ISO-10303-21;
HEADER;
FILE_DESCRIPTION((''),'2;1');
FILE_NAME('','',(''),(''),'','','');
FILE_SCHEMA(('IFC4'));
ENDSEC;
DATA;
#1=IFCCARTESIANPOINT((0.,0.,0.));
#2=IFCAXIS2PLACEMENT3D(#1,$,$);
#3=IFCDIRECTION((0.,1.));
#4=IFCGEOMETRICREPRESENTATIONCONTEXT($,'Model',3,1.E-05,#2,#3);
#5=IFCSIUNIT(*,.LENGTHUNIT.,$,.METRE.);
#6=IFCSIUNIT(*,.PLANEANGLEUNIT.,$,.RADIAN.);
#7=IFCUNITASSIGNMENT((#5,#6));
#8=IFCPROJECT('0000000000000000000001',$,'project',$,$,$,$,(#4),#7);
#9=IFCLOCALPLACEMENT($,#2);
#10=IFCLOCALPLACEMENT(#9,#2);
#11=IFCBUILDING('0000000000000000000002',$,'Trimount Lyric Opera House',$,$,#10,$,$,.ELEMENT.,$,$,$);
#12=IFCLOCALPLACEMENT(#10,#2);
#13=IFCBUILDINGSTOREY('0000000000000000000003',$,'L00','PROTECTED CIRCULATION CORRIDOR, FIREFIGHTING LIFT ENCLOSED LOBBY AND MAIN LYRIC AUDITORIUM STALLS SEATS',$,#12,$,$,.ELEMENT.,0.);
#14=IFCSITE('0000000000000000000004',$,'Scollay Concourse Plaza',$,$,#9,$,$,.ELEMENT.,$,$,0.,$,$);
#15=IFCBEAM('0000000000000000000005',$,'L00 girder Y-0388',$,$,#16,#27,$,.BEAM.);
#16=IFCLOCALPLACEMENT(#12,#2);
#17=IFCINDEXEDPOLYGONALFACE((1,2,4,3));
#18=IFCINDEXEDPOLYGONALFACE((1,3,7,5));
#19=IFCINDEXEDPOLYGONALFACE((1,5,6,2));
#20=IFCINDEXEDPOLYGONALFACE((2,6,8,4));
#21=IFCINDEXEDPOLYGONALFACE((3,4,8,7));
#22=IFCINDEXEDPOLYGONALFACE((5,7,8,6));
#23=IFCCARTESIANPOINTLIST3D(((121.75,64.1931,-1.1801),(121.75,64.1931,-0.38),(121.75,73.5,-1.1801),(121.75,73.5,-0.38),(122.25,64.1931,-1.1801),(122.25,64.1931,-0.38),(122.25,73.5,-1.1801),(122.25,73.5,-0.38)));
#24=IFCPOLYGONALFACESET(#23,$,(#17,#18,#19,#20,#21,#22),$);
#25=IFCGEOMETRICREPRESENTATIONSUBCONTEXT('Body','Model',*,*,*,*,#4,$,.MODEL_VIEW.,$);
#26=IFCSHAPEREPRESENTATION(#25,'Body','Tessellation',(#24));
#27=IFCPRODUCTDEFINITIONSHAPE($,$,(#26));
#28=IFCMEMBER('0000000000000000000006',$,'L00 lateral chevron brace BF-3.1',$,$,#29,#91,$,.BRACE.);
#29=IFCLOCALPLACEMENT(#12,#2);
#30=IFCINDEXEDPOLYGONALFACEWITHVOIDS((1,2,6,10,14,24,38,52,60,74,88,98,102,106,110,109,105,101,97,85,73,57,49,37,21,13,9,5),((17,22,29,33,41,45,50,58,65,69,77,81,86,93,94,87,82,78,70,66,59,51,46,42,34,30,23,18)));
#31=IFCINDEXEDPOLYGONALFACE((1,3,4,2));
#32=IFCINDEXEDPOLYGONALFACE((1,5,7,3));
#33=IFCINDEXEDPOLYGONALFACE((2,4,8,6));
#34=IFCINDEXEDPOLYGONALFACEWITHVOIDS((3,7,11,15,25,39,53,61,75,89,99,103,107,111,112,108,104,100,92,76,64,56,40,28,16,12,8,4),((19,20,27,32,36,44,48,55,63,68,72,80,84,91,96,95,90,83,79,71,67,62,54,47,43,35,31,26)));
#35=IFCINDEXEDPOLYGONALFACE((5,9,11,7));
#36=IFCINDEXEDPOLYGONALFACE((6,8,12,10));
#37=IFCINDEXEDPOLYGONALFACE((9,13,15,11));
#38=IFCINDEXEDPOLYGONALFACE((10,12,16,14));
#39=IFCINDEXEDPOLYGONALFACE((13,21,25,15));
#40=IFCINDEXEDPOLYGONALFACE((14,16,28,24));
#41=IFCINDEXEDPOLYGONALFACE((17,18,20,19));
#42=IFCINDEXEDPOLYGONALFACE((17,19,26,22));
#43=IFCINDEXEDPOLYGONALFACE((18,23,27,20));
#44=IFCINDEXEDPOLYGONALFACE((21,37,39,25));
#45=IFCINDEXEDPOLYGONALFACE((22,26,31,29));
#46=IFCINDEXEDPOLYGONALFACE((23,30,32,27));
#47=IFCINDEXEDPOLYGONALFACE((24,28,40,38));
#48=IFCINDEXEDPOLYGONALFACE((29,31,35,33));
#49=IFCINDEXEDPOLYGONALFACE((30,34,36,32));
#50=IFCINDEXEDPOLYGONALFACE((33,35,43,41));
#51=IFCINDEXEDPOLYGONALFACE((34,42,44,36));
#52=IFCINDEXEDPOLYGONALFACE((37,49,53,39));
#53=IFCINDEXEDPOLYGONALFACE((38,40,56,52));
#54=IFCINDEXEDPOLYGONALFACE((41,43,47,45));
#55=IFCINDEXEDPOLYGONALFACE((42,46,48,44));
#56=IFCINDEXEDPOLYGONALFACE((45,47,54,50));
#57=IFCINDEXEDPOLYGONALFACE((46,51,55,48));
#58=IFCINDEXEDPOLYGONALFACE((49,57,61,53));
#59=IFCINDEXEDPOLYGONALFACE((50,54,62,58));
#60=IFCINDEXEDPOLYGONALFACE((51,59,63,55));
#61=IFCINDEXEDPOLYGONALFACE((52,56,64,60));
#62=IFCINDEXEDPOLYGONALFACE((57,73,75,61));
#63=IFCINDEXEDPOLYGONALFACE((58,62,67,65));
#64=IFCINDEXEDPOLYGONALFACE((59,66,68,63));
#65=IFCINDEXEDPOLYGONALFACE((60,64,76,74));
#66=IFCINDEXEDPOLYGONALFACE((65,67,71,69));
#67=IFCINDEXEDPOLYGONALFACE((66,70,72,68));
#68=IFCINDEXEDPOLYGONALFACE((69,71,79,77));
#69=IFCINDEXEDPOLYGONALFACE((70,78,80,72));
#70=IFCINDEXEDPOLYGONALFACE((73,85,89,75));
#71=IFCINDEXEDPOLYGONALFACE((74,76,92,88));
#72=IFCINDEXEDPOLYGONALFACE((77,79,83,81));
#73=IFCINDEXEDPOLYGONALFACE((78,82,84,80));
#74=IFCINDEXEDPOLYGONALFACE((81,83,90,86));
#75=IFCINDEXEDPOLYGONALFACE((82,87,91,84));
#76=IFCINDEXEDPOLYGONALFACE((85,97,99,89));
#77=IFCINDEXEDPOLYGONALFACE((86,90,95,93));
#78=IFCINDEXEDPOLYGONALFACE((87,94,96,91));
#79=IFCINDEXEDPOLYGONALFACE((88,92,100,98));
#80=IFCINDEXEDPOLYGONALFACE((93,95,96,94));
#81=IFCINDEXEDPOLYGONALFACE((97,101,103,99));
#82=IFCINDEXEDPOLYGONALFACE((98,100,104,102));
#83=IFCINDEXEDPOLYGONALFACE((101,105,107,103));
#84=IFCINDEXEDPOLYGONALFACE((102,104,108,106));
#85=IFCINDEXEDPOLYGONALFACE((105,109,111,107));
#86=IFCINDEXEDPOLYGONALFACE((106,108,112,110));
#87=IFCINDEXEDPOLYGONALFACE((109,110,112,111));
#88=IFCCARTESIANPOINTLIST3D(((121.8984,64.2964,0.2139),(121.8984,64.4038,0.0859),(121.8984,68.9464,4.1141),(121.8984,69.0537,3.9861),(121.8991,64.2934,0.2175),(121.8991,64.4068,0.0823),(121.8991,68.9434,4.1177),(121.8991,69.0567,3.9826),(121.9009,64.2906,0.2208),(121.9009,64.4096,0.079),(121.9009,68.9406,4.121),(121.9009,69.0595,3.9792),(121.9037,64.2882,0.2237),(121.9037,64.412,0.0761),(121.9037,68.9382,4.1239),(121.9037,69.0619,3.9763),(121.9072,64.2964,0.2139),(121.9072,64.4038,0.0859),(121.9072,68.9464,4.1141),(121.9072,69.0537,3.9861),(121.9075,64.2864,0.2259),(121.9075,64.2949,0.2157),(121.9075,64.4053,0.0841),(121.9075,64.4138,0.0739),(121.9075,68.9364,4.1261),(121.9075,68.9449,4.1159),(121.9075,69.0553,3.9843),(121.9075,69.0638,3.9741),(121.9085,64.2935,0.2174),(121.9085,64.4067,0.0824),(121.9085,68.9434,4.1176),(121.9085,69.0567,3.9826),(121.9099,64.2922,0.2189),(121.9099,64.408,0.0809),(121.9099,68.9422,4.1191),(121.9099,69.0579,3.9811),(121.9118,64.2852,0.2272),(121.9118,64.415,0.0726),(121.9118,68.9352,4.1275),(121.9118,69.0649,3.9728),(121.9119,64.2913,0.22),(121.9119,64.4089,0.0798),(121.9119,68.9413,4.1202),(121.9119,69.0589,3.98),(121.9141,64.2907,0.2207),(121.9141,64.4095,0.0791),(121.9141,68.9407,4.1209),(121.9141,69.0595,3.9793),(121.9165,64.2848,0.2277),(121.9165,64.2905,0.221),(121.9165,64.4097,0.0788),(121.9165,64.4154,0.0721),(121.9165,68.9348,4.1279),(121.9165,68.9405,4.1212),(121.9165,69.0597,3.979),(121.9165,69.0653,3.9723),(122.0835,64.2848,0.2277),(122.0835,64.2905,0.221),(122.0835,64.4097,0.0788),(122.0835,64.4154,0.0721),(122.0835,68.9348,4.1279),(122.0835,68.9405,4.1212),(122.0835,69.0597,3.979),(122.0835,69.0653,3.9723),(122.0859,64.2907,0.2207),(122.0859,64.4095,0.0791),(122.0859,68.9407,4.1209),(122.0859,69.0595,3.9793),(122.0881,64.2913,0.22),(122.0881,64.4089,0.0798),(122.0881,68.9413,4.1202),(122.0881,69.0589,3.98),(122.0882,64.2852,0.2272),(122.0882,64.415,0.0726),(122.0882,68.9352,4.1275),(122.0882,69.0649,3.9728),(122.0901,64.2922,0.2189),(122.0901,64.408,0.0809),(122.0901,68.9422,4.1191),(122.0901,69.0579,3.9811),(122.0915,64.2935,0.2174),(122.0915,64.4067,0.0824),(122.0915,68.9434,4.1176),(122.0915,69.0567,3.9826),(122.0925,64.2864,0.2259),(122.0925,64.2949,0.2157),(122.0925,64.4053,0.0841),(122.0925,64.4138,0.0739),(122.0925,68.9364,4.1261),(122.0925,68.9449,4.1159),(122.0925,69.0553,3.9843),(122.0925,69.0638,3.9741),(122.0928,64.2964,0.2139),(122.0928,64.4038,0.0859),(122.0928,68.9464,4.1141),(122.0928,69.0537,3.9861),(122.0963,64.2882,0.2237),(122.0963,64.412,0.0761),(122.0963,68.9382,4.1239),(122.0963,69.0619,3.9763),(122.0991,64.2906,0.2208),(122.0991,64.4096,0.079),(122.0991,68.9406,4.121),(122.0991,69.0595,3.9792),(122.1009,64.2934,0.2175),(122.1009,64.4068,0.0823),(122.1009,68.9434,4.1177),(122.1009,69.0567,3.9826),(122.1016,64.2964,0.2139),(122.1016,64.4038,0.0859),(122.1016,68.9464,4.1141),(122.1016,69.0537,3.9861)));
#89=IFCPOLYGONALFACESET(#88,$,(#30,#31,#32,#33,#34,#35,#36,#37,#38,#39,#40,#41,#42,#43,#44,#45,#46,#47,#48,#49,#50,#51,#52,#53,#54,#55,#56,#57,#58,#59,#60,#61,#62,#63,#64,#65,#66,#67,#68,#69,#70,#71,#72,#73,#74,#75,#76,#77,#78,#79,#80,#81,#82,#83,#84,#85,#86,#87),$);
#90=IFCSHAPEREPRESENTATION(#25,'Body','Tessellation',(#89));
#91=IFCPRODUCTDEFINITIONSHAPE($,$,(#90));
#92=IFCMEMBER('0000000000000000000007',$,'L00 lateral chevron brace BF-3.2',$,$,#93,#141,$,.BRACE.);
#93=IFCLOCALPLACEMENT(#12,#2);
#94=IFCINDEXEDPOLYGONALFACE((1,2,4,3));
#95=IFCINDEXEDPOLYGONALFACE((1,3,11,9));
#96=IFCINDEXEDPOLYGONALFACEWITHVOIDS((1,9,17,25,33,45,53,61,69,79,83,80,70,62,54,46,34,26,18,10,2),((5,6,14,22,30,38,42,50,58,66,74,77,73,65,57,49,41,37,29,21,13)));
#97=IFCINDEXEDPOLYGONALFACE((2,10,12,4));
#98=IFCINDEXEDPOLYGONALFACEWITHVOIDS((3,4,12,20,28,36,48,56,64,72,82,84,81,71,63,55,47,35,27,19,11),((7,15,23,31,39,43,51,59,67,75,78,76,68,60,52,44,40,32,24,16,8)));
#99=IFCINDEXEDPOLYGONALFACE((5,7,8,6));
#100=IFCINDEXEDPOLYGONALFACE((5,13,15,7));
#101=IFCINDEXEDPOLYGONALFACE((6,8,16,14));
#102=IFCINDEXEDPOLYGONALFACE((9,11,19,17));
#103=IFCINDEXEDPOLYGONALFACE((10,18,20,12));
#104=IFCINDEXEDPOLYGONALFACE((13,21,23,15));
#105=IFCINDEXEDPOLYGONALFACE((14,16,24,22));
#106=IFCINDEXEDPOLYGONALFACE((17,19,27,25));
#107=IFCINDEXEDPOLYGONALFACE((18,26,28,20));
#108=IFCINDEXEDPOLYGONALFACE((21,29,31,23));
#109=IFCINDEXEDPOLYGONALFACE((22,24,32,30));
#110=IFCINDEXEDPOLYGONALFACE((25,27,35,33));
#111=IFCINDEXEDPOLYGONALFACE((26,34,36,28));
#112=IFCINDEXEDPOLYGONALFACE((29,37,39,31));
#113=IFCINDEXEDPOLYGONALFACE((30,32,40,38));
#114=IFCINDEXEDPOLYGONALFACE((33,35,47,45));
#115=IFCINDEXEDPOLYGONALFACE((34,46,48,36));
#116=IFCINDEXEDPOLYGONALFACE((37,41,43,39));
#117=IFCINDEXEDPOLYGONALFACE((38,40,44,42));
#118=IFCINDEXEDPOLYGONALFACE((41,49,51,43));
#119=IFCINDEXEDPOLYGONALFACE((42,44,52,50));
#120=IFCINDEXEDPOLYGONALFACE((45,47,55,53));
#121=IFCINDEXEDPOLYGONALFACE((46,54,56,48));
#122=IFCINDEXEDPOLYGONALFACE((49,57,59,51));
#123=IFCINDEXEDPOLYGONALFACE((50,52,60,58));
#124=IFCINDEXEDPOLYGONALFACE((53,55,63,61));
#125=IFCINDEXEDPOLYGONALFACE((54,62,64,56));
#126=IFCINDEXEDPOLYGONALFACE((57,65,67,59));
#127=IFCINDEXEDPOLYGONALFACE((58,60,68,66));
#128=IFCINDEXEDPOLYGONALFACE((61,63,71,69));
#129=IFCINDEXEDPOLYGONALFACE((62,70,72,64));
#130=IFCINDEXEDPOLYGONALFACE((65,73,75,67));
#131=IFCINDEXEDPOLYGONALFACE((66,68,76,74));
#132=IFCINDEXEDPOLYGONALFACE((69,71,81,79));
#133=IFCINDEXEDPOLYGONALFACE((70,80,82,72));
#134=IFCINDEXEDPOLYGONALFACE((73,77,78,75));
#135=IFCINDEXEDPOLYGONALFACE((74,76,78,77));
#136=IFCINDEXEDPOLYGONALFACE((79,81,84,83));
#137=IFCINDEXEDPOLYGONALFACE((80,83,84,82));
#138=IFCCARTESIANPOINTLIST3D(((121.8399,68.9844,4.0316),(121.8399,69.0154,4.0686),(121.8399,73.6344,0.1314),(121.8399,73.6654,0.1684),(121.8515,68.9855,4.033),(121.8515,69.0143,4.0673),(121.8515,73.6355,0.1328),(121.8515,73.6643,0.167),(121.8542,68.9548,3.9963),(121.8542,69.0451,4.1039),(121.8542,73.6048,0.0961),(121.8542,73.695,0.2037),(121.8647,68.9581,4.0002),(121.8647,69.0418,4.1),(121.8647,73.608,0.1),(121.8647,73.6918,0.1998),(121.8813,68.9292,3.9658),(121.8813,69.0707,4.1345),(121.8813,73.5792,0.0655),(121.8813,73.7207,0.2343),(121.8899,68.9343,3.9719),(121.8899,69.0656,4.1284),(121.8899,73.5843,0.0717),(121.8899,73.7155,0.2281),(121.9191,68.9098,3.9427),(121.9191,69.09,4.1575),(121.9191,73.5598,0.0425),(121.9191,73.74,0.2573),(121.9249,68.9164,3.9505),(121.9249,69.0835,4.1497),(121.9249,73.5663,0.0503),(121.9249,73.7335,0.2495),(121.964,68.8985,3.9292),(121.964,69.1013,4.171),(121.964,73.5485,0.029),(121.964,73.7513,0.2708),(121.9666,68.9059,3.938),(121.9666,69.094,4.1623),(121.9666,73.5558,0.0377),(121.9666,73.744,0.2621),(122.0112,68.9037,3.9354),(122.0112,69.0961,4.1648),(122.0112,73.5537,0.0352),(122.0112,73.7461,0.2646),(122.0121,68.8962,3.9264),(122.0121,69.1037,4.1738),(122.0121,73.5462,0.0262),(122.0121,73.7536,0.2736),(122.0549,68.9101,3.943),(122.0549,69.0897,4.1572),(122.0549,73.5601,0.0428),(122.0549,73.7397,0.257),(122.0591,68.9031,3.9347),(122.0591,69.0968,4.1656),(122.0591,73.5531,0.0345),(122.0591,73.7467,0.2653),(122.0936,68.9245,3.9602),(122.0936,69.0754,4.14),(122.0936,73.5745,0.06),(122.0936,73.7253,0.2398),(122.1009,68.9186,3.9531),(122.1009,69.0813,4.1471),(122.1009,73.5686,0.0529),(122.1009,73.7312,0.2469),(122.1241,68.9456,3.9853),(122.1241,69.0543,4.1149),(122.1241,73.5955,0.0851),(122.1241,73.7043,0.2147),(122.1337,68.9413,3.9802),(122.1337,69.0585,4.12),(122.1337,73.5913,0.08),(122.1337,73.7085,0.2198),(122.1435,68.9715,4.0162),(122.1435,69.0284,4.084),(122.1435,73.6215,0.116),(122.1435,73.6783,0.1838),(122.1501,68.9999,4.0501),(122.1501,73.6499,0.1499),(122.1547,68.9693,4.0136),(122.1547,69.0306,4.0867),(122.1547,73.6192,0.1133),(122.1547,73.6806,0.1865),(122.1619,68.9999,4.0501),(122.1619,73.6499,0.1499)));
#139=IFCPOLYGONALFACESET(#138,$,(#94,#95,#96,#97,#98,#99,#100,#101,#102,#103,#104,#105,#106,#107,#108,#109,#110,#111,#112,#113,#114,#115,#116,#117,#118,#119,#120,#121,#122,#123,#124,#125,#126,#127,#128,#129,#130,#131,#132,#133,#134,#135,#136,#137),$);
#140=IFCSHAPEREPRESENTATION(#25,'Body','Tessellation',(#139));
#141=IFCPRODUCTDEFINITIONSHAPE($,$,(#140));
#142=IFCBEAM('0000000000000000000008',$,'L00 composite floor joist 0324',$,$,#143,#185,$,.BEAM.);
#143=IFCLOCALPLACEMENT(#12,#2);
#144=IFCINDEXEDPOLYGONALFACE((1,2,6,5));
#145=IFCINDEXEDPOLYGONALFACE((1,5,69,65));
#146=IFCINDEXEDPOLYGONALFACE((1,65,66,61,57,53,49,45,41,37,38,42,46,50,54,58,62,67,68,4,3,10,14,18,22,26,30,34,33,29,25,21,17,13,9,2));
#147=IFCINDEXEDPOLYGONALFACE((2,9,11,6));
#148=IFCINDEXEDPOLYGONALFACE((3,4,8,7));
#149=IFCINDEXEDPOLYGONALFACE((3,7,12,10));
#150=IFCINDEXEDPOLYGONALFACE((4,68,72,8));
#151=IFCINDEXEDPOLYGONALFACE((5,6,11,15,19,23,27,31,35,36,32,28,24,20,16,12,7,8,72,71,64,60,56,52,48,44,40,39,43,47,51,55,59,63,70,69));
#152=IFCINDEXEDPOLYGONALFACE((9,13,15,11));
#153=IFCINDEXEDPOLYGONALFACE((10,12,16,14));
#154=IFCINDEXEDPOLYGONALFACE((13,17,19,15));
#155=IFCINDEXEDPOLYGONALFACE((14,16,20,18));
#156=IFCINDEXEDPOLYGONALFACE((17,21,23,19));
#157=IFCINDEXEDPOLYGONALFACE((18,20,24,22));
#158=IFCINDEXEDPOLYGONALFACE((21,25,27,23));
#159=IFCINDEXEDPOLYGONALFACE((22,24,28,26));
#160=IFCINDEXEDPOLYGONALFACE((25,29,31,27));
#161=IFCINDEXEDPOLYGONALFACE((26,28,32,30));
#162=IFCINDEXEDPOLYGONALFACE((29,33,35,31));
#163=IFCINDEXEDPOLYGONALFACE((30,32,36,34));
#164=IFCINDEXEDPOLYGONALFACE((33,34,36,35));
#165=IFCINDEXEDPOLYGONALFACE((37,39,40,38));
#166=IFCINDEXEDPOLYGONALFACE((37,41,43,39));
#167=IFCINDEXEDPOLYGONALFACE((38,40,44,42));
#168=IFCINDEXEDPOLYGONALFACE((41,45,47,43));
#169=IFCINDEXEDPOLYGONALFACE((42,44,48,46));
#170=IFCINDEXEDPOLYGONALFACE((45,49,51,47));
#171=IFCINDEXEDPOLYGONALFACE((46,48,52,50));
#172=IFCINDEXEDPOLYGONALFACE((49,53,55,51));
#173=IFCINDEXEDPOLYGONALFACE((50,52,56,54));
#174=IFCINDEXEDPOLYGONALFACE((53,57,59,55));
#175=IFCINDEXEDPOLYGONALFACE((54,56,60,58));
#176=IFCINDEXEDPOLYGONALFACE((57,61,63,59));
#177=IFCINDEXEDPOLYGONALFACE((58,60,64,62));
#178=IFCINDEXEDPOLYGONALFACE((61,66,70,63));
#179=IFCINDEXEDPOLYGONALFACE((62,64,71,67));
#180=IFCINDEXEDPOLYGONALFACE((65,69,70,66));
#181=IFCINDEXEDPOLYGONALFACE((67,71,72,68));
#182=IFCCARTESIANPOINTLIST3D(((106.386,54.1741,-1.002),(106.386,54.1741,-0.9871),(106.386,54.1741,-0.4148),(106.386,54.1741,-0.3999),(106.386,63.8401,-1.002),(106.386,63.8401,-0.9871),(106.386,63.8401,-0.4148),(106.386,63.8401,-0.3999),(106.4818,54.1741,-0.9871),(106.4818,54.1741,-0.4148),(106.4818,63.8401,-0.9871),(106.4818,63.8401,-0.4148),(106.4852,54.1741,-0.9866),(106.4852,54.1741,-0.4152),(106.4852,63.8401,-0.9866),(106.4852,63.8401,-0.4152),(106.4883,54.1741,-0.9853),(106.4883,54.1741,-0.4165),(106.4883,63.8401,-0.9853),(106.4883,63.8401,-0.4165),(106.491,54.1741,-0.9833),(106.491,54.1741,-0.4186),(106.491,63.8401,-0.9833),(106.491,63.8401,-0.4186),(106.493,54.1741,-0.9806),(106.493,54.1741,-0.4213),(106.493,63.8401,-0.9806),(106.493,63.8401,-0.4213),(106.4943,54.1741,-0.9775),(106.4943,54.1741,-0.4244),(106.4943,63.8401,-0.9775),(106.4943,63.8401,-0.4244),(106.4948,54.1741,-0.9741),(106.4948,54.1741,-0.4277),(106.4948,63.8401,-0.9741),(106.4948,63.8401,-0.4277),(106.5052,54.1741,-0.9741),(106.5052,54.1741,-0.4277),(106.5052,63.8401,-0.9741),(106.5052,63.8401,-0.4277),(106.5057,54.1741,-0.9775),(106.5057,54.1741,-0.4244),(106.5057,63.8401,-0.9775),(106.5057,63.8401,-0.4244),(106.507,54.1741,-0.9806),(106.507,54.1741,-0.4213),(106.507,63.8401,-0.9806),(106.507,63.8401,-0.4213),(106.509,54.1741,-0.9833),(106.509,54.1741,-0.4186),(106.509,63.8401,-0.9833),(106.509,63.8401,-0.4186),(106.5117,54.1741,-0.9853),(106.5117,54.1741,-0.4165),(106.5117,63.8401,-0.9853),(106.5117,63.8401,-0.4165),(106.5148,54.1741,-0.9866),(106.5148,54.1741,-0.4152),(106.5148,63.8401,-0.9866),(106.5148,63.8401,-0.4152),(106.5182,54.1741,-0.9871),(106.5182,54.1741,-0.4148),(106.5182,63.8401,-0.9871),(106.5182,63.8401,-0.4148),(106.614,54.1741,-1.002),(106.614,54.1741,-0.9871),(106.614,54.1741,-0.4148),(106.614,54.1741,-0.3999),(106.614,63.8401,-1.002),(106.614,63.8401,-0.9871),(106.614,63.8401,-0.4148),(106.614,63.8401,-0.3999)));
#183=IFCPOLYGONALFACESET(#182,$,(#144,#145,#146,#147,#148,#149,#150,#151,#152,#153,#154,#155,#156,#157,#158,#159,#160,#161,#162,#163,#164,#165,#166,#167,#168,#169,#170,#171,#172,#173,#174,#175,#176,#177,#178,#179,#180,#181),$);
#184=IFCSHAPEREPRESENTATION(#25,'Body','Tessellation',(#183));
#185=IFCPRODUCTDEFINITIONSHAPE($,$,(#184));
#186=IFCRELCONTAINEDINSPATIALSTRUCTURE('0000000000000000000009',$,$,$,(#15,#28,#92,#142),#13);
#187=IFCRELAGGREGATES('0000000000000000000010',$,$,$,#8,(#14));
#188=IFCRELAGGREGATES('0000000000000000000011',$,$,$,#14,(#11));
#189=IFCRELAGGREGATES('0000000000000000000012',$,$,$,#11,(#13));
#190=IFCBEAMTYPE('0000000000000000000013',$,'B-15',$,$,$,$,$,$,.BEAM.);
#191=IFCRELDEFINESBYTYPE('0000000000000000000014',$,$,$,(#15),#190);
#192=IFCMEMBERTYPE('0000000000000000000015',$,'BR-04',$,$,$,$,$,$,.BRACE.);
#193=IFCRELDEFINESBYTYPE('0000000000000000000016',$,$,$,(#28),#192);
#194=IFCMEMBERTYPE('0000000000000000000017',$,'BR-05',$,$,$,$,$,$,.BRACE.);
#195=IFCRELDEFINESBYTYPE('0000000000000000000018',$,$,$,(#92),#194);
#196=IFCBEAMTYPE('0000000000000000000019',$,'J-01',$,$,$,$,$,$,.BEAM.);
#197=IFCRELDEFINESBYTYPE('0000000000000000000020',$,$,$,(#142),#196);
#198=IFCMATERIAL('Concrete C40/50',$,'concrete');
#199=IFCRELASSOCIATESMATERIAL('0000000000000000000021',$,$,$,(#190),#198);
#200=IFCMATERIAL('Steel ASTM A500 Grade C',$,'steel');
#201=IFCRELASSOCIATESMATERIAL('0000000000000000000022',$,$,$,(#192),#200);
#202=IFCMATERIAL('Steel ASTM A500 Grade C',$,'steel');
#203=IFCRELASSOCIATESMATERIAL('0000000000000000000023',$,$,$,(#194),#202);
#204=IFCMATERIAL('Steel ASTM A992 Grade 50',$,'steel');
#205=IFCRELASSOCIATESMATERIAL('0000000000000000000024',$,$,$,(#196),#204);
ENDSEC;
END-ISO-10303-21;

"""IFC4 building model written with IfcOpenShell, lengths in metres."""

from ifc_helpers import new_model, si_unit, direction, frame, origin, origin_2d, place, context, subcontext, project, spatial, rectangle, hollow_rectangle, hollow_circle, i_section, extrude, material, material_profile, profile_set, type_object, element, save


model = new_model("IFC4")

# Units and contexts
model_context = context("Model", 3, precision=1e-05, world=origin(), true_north=direction((0.0, 1.0)))
body_context = subcontext(model_context, "Body", "Model", "MODEL_VIEW")
ifc_project = project(units=[si_unit("LENGTHUNIT", "METRE"), si_unit("PLANEANGLEUNIT", "RADIAN")], contexts=[model_context])

# Site, building, storey
site_placement = place(None, origin())
site = spatial("IfcSite", under=ifc_project, at=site_placement, Name="Scollay Concourse Plaza", CompositionType="ELEMENT", RefElevation=0.0)
building_placement = place(site_placement, origin())
building = spatial("IfcBuilding", under=site, at=building_placement, Name="Trimount Lyric Opera House", CompositionType="ELEMENT")
storey_placement = place(building_placement, origin())
storey = spatial("IfcBuildingStorey", under=building, at=storey_placement, Name="L00", Description="PROTECTED CIRCULATION CORRIDOR, FIREFIGHTING LIFT ENCLOSED LOBBY AND MAIN LYRIC AUDITORIUM STALLS SEATS", CompositionType="ELEMENT", Elevation=0.0)

# Beam
ifc_material_1 = material(Name="Concrete C40/50", Category="concrete")
ifc_material_profile_1 = material_profile(ifc_material_1, rectangle(XDim=0.5, YDim=0.8, at=origin_2d()), Name="RC500X800")
ifc_profile_set_1 = profile_set([ifc_material_profile_1], Name="Concrete C40/50")
beam_type_1 = type_object("IfcBeamType", Name="B-15", PredefinedType="BEAM", material=ifc_profile_set_1)
beam_1_placement = place(storey_placement, frame((122.0, 64.1931, -0.78), z_axis=(0.0, 1.0, 0.0), x_axis=(-1.0, 0.0, 0.0)))
element("IfcBeam", 1, at=beam_1_placement, inside=storey, type_object=beam_type_1, Name="L00 girder Y-0388", PredefinedType="BEAM", context=body_context, shape_type="SweptSolid", body=[
    extrude(rectangle(XDim=0.5, YDim=0.8, at=origin_2d()), origin(), (0.0, 0.0, 1.0), 9.3069),
])

# Members
ifc_material_2 = material(Name="Steel ASTM A500 Grade C", Category="steel")
ifc_material_profile_2 = material_profile(ifc_material_2, hollow_rectangle(XDim=0.2031, YDim=0.2031, WallThickness=0.0088, InnerFilletRadius=0.0093, OuterFilletRadius=0.0181, at=origin_2d()), Name="HSS203.2X203.2X9.5")
ifc_profile_set_2 = profile_set([ifc_material_profile_2], Name="Steel ASTM A500 Grade C")
member_type_1 = type_object("IfcMemberType", Name="BR-04", PredefinedType="BRACE", material=ifc_profile_set_2)
member_1_placement = place(storey_placement, frame((122.0, 64.3501, 0.1499), z_axis=(0.0, 0.766173, 0.642634), x_axis=(-1.0, 0.0, 0.0)))
element("IfcMember", 2, at=member_1_placement, inside=storey, type_object=member_type_1, Name="L00 lateral chevron brace BF-3.1", PredefinedType="BRACE", context=body_context, shape_type="SweptSolid", body=[
    extrude(hollow_rectangle(XDim=0.2031, YDim=0.2031, WallThickness=0.0088, InnerFilletRadius=0.0093, OuterFilletRadius=0.0181, at=origin_2d()), origin(), (0.0, 0.0, 1.0), 6.0691),
])
ifc_material_3 = material(Name="Steel ASTM A500 Grade C", Category="steel")
ifc_material_profile_3 = material_profile(ifc_material_3, hollow_circle(Radius=0.1619, WallThickness=0.0117, at=origin_2d()), Name="HSS323.9X12.7")
ifc_profile_set_3 = profile_set([ifc_material_profile_3], Name="Steel ASTM A500 Grade C")
member_type_2 = type_object("IfcMemberType", Name="BR-05", PredefinedType="BRACE", material=ifc_profile_set_3)
member_2_placement = place(storey_placement, frame((122.0, 73.6499, 0.1499), z_axis=(0.0, -0.766173, 0.642634), x_axis=(1.0, 0.0, 0.0)))
element("IfcMember", 3, at=member_2_placement, inside=storey, type_object=member_type_2, Name="L00 lateral chevron brace BF-3.2", PredefinedType="BRACE", context=body_context, shape_type="SweptSolid", body=[
    extrude(hollow_circle(Radius=0.1619, WallThickness=0.0117, at=origin_2d()), origin(), (0.0, 0.0, 1.0), 6.0691),
])

# Beam
ifc_material_4 = material(Name="Steel ASTM A992 Grade 50", Category="steel")
ifc_material_profile_4 = material_profile(ifc_material_4, i_section(OverallWidth=0.228, OverallDepth=0.6021, WebThickness=0.0105, FlangeThickness=0.0149, FilletRadius=0.0129, at=origin_2d()), Name="W24X68")
ifc_profile_set_4 = profile_set([ifc_material_profile_4], Name="Steel ASTM A992 Grade 50")
beam_type_2 = type_object("IfcBeamType", Name="J-01", PredefinedType="BEAM", material=ifc_profile_set_4)
beam_2_placement = place(storey_placement, frame((106.5, 54.1741, -0.7009), z_axis=(0.0, 1.0, 0.0), x_axis=(-1.0, 0.0, 0.0)))
element("IfcBeam", 4, at=beam_2_placement, inside=storey, type_object=beam_type_2, Name="L00 composite floor joist 0324", PredefinedType="BEAM", context=body_context, shape_type="SweptSolid", body=[
    extrude(i_section(OverallWidth=0.228, OverallDepth=0.6021, WebThickness=0.0105, FlangeThickness=0.0149, FilletRadius=0.0129, at=origin_2d()), origin(), (0.0, 0.0, 1.0), 9.666),
])

save(model, "model.ifc")
